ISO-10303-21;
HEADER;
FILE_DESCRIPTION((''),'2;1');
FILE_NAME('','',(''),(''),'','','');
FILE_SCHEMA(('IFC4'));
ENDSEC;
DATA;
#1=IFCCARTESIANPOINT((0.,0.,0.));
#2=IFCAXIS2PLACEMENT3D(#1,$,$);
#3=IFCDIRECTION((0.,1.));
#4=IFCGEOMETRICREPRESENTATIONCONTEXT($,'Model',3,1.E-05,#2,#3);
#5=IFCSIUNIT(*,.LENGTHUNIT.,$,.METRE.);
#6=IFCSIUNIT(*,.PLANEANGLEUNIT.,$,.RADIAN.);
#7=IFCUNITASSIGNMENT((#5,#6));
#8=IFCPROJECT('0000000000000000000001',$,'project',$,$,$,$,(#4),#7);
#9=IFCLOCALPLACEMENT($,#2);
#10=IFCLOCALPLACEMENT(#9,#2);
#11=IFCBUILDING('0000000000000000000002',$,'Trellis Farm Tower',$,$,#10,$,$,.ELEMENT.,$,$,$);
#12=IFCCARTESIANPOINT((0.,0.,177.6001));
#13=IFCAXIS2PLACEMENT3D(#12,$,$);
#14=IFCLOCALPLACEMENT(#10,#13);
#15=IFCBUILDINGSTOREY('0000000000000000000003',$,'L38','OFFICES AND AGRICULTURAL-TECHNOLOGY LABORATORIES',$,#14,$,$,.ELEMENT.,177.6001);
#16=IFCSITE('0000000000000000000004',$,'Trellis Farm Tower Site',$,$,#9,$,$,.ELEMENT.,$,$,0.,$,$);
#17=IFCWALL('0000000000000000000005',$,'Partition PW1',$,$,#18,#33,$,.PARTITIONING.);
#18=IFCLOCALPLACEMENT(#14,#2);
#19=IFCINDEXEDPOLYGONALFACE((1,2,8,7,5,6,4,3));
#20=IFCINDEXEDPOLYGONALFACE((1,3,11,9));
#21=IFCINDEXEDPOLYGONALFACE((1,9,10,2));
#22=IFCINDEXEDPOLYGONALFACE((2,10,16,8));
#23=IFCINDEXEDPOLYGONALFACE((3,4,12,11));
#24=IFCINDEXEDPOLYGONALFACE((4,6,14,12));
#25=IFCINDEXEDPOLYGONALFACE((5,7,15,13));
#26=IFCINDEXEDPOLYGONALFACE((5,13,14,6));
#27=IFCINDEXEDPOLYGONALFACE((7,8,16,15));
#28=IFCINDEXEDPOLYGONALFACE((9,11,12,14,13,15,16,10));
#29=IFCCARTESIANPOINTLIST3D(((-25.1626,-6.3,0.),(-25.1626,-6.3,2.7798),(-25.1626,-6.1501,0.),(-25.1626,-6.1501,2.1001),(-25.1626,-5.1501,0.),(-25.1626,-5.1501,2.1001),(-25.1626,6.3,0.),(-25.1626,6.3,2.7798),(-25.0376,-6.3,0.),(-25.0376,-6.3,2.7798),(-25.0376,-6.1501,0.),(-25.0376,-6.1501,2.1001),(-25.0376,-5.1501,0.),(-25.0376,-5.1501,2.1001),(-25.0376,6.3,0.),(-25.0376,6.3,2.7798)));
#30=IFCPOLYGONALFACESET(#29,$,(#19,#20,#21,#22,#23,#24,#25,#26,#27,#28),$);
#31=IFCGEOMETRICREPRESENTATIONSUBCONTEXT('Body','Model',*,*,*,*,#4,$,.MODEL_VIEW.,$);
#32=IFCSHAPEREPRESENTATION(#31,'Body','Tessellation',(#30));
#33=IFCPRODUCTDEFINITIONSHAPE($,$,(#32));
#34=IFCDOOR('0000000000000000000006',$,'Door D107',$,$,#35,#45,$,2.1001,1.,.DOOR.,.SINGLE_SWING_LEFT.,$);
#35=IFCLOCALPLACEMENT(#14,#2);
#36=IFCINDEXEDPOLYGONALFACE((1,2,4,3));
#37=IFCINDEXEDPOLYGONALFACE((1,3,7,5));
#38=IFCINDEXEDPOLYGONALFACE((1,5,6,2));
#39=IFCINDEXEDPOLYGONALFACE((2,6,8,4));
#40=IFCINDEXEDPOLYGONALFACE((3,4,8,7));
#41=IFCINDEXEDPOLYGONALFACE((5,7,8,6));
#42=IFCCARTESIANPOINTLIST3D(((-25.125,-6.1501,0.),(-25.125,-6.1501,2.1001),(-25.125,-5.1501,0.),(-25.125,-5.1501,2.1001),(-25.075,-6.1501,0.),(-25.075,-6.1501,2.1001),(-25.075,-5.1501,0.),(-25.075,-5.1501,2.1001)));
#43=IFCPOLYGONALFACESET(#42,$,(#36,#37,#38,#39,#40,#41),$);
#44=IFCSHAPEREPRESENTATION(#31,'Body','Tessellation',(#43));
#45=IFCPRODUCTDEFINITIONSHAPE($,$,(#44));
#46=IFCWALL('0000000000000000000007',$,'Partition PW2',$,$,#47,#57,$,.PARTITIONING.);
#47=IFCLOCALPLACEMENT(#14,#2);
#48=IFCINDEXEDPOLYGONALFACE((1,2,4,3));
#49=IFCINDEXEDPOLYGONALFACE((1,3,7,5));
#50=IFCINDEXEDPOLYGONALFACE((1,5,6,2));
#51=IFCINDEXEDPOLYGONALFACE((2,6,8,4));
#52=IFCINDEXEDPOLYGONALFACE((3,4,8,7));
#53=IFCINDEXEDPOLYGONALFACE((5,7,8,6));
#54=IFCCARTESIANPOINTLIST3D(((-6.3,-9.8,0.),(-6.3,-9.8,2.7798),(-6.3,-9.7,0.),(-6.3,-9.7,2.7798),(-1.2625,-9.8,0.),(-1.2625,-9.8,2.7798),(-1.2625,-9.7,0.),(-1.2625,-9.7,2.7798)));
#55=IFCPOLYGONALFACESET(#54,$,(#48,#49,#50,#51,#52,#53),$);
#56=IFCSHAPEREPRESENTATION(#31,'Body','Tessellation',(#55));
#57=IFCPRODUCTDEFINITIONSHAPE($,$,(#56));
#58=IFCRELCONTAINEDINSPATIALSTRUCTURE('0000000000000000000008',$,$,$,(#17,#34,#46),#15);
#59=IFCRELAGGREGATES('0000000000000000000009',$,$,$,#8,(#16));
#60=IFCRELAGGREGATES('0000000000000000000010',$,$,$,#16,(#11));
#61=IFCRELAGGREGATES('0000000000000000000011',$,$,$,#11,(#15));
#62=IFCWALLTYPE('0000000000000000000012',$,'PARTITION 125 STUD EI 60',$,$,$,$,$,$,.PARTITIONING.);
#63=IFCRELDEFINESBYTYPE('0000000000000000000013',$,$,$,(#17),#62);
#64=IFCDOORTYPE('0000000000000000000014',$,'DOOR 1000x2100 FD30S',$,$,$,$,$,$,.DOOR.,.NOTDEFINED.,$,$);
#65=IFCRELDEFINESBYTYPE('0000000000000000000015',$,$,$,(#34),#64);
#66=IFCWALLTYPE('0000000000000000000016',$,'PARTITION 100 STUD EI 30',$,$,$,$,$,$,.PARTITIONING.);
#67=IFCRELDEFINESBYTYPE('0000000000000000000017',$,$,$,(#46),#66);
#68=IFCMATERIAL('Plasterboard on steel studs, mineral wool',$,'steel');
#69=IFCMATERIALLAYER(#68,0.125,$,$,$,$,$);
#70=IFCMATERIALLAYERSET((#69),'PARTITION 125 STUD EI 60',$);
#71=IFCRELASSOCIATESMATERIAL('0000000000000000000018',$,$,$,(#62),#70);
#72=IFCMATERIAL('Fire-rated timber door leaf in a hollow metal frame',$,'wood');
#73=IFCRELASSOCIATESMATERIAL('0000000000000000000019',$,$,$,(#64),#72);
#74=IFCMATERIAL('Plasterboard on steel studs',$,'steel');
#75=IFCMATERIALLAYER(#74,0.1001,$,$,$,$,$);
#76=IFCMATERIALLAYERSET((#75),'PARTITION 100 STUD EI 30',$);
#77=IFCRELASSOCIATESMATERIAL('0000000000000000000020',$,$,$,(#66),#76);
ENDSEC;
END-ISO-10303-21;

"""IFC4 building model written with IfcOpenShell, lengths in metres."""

from ifc_helpers import new_model, si_unit, direction, frame, frame_2d, origin, place, context, subcontext, project, spatial, rectangle, extrude, source, transform, mapped, material, layer, layer_set, type_object, element, fill, save


model = new_model("IFC4")

# Units and contexts
model_context = context("Model", 3, precision=1e-05, world=origin(), true_north=direction((0.0, 1.0)))
body_context = subcontext(model_context, "Body", "Model", "MODEL_VIEW")
ifc_project = project(units=[si_unit("LENGTHUNIT", "METRE"), si_unit("PLANEANGLEUNIT", "RADIAN")], contexts=[model_context])

# Site, building, storey
site_placement = place(None, origin())
site = spatial("IfcSite", under=ifc_project, at=site_placement, Name="Trellis Farm Tower Site", CompositionType="ELEMENT", RefElevation=0.0)
building_placement = place(site_placement, origin())
building = spatial("IfcBuilding", under=site, at=building_placement, Name="Trellis Farm Tower", CompositionType="ELEMENT")
storey_placement = place(building_placement, frame((0.0, 0.0, 177.6001)))
storey = spatial("IfcBuildingStorey", under=building, at=storey_placement, Name="L38", Description="OFFICES AND AGRICULTURAL-TECHNOLOGY LABORATORIES", CompositionType="ELEMENT", Elevation=177.6001)

# Shared definitions
ifc_material_1 = material(Name="Plasterboard on steel studs, mineral wool", Category="steel")
ifc_layer_1 = layer(ifc_material_1, 0.125)
ifc_layer_set_1 = layer_set([ifc_layer_1], Name="PARTITION 125 STUD EI 60")
wall_type_1 = type_object("IfcWallType", Name="PARTITION 125 STUD EI 60", PredefinedType="PARTITIONING", material=ifc_layer_set_1)

# Wall, opening, door
shared_shape_1 = source(origin(), body_context, "Body", "SweptSolid", [
    extrude(rectangle(XDim=12.6001, YDim=0.125, at=frame_2d((6.3, 0.0))), origin(), (0.0, 0.0, 1.0), 2.7798),
])
wall_1_placement = place(storey_placement, frame((-25.1001, -6.3, 0.0), z_axis=(0.0, 0.0, 1.0), x_axis=(0.0, 1.0, 0.0)))
wall_1 = element("IfcWall", 1, at=wall_1_placement, inside=storey, type_object=wall_type_1, Name="Partition PW1", PredefinedType="PARTITIONING", context=body_context, shape_type="MappedRepresentation", body=[
    mapped(shared_shape_1, transform((0.0, 0.0, 0.0))),
])
shared_shape_2 = source(origin(), body_context, "Body", "SweptSolid", [
    extrude(rectangle(XDim=1.0, YDim=2.1001, at=frame_2d((0.5, 1.05))), frame((0.0, 0.0725, 0.0), z_axis=(0.0, -1.0, 0.0), x_axis=(1.0, 0.0, 0.0)), (0.0, 0.0, 1.0), 0.145),
])
opening_placement = place(wall_1_placement, frame((0.1499, 0.0, 0.0)))
opening = element("IfcOpeningElement", 2, at=opening_placement, cuts=wall_1, PredefinedType="OPENING", context=body_context, shape_type="MappedRepresentation", body=[
    mapped(shared_shape_2, transform((0.0, 0.0, 0.0))),
])
ifc_material_2 = material(Name="Fire-rated timber door leaf in a hollow metal frame", Category="wood")
door_type = type_object("IfcDoorType", Name="DOOR 1000x2100 FD30S", OperationType="NOTDEFINED", PredefinedType="DOOR", material=ifc_material_2)
shared_shape_3 = source(origin(), body_context, "Body", "SweptSolid", [
    extrude(rectangle(XDim=1.0, YDim=2.1001, at=frame_2d((0.5, 1.05))), frame((0.0, 0.0249, 0.0), z_axis=(0.0, -1.0, 0.0), x_axis=(1.0, 0.0, 0.0)), (0.0, 0.0, 1.0), 0.05),
])
door_placement = place(opening_placement, origin())
door = element("IfcDoor", 3, at=door_placement, inside=storey, type_object=door_type, Name="Door D107", OperationType="SINGLE_SWING_LEFT", OverallHeight=2.1001, OverallWidth=1.0, PredefinedType="DOOR", context=body_context, shape_type="MappedRepresentation", body=[
    mapped(shared_shape_3, transform((0.0, 0.0, 0.0))),
])
fill(opening, door)

# Wall
ifc_material_3 = material(Name="Plasterboard on steel studs", Category="steel")
ifc_layer_2 = layer(ifc_material_3, 0.1001)
ifc_layer_set_2 = layer_set([ifc_layer_2], Name="PARTITION 100 STUD EI 30")
wall_type_2 = type_object("IfcWallType", Name="PARTITION 100 STUD EI 30", PredefinedType="PARTITIONING", material=ifc_layer_set_2)
shared_shape_4 = source(origin(), body_context, "Body", "SweptSolid", [
    extrude(rectangle(XDim=5.0376, YDim=0.1001, at=frame_2d((2.5188, 0.0))), origin(), (0.0, 0.0, 1.0), 2.7798),
])
wall_2_placement = place(storey_placement, frame((-6.3, -9.75, 0.0), z_axis=(0.0, 0.0, 1.0), x_axis=(1.0, 0.0, 0.0)))
element("IfcWall", 4, at=wall_2_placement, inside=storey, type_object=wall_type_2, Name="Partition PW2", PredefinedType="PARTITIONING", context=body_context, shape_type="MappedRepresentation", body=[
    mapped(shared_shape_4, transform((0.0, 0.0, 0.0))),
])

save(model, "model.ifc")
